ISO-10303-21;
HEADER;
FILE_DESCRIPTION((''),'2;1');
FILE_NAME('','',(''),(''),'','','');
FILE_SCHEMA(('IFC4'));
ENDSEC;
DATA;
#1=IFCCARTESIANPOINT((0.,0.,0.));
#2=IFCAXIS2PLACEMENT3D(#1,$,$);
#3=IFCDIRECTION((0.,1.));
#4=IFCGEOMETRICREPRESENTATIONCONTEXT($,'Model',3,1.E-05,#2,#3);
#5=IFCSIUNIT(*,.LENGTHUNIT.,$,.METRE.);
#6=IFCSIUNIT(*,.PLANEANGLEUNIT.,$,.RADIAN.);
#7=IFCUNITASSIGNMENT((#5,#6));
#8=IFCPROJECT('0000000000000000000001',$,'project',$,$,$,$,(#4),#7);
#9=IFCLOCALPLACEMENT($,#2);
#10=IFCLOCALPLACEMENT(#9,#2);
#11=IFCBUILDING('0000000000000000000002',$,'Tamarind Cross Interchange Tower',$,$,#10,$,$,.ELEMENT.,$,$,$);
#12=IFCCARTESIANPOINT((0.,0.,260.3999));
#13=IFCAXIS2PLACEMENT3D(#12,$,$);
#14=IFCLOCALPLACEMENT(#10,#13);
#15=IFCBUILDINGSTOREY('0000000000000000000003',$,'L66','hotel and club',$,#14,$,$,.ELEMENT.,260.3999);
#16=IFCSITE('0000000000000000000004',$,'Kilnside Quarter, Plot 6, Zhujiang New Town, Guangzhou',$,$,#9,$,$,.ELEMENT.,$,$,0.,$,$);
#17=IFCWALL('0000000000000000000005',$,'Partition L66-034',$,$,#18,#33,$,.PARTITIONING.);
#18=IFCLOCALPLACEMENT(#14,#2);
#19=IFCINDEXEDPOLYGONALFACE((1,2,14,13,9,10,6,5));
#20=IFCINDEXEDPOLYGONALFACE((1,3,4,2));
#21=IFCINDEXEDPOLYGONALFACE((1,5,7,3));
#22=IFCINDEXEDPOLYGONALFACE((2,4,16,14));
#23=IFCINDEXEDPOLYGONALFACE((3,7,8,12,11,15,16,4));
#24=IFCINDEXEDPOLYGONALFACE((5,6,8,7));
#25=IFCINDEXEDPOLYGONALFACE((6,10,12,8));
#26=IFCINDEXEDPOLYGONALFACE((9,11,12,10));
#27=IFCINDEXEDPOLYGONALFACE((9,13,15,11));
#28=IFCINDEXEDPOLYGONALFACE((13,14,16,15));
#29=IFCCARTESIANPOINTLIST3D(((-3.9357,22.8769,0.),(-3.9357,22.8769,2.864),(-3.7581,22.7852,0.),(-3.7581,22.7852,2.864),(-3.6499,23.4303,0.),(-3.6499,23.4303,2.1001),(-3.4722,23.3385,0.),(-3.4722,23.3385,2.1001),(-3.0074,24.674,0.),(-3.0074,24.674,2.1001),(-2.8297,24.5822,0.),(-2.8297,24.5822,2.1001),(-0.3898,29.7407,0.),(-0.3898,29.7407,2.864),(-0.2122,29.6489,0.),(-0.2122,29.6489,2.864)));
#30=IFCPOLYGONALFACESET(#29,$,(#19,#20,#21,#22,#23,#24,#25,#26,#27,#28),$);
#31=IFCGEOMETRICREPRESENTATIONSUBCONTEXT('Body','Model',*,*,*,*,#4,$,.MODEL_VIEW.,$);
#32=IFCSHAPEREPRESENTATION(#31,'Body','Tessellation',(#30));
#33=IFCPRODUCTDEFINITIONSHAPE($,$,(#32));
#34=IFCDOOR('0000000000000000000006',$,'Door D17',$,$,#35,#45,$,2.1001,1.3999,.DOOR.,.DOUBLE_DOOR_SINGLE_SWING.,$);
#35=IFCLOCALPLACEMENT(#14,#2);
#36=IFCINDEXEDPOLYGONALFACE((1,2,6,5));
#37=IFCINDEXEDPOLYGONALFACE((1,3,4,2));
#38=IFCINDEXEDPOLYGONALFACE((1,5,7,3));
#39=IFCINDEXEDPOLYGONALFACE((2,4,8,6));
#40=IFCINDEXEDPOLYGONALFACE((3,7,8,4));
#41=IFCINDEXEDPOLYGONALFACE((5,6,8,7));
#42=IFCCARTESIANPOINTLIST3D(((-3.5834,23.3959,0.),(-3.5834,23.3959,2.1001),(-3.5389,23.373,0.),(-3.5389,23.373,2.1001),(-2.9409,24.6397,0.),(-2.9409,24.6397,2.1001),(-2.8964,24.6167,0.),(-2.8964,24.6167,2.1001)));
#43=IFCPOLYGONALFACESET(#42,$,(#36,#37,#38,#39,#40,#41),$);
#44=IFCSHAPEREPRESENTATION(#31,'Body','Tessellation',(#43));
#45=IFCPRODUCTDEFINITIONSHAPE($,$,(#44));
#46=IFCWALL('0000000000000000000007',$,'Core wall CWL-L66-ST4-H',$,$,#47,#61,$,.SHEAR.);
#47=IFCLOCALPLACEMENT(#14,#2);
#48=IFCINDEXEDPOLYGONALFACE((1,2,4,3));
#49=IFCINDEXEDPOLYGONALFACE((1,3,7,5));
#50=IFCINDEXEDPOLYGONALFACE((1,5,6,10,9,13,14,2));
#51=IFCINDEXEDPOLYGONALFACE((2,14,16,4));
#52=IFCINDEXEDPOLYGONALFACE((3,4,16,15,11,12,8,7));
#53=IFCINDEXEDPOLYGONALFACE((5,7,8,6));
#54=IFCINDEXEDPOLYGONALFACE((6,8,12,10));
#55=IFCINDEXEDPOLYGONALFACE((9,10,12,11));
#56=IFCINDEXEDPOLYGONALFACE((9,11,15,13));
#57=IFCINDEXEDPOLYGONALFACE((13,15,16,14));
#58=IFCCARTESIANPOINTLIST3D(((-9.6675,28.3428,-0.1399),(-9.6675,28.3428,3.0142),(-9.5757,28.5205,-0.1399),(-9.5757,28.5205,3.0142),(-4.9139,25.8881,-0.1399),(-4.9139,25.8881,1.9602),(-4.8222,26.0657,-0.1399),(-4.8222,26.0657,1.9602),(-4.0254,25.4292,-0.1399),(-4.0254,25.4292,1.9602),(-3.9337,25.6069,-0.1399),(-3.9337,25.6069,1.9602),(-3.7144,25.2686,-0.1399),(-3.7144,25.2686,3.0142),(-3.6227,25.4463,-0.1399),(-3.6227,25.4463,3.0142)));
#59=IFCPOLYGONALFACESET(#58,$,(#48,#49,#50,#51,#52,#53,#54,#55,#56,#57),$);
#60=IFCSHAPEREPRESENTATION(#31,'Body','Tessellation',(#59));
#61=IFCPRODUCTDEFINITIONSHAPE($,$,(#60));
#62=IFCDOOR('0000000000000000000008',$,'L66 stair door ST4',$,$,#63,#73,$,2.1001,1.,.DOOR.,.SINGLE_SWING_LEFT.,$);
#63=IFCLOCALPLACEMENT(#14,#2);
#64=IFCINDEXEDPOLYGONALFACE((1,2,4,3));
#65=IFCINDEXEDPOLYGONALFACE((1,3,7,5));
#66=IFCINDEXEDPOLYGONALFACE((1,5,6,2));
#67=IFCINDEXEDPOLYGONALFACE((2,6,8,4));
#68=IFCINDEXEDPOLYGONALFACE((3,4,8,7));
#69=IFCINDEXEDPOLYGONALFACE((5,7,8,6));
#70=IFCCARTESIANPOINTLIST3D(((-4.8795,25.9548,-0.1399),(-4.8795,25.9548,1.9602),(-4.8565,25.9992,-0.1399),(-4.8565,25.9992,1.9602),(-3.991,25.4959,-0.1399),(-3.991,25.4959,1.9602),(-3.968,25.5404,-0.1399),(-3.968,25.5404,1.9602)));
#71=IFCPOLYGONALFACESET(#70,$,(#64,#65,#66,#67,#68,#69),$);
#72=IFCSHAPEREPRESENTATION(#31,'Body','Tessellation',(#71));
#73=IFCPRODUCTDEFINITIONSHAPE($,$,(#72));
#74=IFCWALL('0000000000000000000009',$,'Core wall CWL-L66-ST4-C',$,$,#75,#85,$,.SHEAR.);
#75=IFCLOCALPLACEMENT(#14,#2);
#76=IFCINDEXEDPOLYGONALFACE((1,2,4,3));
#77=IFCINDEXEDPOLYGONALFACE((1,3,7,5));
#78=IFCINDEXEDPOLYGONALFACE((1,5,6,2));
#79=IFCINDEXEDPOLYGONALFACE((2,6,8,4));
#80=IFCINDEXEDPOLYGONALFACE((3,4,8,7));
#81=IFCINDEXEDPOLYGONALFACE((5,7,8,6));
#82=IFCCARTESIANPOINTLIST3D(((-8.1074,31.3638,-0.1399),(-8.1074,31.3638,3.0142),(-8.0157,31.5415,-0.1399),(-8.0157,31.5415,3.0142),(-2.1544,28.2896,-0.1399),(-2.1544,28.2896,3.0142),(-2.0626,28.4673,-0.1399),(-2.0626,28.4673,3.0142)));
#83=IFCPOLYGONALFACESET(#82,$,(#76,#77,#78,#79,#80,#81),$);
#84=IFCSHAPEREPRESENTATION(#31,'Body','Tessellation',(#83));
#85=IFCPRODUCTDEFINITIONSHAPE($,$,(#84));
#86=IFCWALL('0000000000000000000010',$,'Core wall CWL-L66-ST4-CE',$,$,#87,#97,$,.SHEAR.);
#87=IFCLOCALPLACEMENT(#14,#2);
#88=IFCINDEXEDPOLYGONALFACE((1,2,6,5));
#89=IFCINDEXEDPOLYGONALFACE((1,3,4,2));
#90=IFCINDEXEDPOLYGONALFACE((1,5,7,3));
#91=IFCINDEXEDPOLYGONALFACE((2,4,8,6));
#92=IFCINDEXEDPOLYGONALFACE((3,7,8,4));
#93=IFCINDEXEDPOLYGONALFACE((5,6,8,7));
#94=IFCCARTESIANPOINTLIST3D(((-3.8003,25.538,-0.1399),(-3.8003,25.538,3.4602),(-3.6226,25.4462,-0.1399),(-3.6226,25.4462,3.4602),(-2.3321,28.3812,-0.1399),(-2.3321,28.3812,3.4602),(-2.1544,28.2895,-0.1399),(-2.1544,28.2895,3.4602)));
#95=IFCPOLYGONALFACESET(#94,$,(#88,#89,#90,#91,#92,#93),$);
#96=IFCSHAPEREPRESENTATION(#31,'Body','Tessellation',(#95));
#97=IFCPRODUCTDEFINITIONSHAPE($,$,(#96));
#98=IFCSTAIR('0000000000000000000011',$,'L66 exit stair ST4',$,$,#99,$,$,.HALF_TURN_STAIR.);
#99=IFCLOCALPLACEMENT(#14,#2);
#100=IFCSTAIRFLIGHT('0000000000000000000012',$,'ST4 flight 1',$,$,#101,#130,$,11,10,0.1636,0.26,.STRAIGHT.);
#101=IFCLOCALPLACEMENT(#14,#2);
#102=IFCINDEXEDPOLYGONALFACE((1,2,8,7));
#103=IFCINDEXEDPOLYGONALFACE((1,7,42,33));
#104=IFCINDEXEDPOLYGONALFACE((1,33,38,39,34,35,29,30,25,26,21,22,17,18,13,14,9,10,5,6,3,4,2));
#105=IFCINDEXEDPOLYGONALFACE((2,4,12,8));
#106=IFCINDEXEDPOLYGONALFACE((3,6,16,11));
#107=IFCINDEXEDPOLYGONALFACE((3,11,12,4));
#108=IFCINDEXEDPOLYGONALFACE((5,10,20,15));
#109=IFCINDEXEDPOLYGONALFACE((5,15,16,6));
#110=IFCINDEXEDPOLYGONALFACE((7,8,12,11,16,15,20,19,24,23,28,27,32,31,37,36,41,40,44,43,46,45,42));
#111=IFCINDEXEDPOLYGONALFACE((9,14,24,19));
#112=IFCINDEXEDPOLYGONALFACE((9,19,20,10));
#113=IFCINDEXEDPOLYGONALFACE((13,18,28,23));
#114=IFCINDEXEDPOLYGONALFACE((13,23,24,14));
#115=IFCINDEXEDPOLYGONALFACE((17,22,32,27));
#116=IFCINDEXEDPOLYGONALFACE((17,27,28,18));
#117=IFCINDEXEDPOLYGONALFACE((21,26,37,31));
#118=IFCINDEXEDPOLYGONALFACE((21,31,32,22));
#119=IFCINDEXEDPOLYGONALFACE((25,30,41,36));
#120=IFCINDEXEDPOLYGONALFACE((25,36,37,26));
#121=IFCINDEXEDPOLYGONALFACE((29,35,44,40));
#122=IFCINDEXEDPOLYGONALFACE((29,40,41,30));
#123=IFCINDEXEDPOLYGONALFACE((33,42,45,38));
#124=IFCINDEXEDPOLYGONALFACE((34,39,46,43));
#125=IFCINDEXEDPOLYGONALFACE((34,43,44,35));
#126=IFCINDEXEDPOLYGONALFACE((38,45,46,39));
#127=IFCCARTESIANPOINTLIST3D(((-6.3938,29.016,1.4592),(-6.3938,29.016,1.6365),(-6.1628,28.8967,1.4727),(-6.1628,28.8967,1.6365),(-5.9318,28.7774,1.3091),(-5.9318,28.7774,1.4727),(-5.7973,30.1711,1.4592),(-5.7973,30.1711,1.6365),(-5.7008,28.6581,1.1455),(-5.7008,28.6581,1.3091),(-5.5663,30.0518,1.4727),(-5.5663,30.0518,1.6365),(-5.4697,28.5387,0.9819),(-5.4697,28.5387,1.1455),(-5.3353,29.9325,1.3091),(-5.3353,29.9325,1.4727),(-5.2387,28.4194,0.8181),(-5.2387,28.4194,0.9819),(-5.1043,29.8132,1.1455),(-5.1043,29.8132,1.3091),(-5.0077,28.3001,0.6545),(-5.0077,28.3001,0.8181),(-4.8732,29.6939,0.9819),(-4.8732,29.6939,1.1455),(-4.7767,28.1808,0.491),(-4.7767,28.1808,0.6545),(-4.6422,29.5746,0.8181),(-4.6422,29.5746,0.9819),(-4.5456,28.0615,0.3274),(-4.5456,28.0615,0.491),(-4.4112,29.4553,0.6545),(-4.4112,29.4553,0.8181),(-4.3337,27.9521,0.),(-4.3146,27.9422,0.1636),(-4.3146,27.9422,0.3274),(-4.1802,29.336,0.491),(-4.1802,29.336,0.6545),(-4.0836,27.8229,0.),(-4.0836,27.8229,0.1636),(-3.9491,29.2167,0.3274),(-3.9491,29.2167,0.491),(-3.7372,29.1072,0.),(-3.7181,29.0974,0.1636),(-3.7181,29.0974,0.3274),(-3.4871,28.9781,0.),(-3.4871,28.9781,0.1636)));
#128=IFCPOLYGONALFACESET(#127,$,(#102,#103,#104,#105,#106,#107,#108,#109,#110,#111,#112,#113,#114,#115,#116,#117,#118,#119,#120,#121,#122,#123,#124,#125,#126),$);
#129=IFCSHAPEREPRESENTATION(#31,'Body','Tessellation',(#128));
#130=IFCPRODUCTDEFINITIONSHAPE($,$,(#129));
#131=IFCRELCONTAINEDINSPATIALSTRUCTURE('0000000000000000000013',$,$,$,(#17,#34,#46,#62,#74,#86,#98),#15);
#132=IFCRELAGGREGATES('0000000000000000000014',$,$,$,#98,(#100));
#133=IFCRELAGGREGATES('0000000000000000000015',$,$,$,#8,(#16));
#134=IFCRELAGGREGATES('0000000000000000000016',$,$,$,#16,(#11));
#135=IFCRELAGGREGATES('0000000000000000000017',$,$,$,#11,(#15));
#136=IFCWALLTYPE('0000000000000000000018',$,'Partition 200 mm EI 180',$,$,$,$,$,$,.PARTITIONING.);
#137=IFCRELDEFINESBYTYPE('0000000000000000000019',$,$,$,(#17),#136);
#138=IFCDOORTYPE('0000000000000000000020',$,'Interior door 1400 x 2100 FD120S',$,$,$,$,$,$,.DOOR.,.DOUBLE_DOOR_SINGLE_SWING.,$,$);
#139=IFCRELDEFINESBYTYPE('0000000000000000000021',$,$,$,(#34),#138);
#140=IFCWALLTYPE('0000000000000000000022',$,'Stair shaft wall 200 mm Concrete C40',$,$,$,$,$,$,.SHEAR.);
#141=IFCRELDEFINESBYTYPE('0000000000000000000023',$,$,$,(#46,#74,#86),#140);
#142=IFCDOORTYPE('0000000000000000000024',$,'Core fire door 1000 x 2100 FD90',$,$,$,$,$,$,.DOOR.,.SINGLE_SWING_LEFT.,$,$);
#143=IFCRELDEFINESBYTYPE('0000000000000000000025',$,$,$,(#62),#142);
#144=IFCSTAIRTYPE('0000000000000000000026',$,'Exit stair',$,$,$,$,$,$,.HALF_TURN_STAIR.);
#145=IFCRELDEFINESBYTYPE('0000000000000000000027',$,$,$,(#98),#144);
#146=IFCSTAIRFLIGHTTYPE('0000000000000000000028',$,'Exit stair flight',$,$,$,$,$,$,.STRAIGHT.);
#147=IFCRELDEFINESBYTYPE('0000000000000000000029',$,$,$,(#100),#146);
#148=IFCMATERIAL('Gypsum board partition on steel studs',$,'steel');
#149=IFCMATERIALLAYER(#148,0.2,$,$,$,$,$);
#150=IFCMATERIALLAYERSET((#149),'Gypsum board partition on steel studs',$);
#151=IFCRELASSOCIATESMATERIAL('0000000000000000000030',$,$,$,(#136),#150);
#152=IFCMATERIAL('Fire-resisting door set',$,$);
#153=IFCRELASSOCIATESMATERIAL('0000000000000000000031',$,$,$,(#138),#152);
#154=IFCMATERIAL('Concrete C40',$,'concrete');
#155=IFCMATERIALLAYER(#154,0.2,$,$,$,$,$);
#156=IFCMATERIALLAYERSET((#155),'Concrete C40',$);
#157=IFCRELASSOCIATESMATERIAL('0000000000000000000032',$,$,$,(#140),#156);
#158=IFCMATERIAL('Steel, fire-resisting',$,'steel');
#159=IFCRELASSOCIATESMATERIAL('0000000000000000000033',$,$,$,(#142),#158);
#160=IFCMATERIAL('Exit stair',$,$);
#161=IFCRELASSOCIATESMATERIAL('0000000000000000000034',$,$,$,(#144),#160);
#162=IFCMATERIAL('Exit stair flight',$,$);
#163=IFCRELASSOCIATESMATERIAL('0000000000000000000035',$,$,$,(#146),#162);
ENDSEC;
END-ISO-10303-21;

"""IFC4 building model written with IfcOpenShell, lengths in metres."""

from ifc_helpers import new_model, si_unit, direction, frame, frame_2d, origin, place, context, subcontext, project, spatial, polyline, rectangle, outline, extrude, material, layer, layer_set, type_object, element, fill, aggregate, save


model = new_model("IFC4")

# Units and contexts
model_context = context("Model", 3, precision=1e-05, world=origin(), true_north=direction((0.0, 1.0)))
body_context = subcontext(model_context, "Body", "Model", "MODEL_VIEW")
ifc_project = project(units=[si_unit("LENGTHUNIT", "METRE"), si_unit("PLANEANGLEUNIT", "RADIAN")], contexts=[model_context])

# Site, building, storey
site_placement = place(None, origin())
site = spatial("IfcSite", under=ifc_project, at=site_placement, Name="Kilnside Quarter, Plot 6, Zhujiang New Town, Guangzhou", CompositionType="ELEMENT", RefElevation=0.0)
building_placement = place(site_placement, origin())
building = spatial("IfcBuilding", under=site, at=building_placement, Name="Tamarind Cross Interchange Tower", CompositionType="ELEMENT")
storey_placement = place(building_placement, frame((0.0, 0.0, 260.3999)))
storey = spatial("IfcBuildingStorey", under=building, at=storey_placement, Name="L66", Description="hotel and club", CompositionType="ELEMENT", Elevation=260.3999)

# Shared definitions
ifc_material_1 = material(Name="Gypsum board partition on steel studs", Category="steel")

# Walls, openings, doors
ifc_layer_1 = layer(ifc_material_1, 0.2)
ifc_layer_set_1 = layer_set([ifc_layer_1], Name="Gypsum board partition on steel studs")
wall_type_1 = type_object("IfcWallType", Name="Partition 200 mm EI 180", PredefinedType="PARTITIONING", material=ifc_layer_set_1)
wall_1_placement = place(storey_placement, frame((-3.8469, 22.8311, 0.0), z_axis=(0.0, 0.0, 1.0), x_axis=(0.458981, 0.888446, 0.0)))
wall_1 = element("IfcWall", 1, at=wall_1_placement, inside=storey, type_object=wall_type_1, Name="Partition L66-034", PredefinedType="PARTITIONING", context=body_context, shape_type="SweptSolid", body=[
    extrude(rectangle(XDim=7.7256, YDim=0.2, at=frame_2d((3.8628, 0.0))), origin(), (0.0, 0.0, 1.0), 2.864),
])
opening_1_placement = place(wall_1_placement, frame((0.6228, 0.0, 0.0)))
opening_1 = element("IfcOpeningElement", 2, at=opening_1_placement, cuts=wall_1, PredefinedType="OPENING", context=body_context, shape_type="SweptSolid", body=[
    extrude(rectangle(XDim=1.3999, YDim=2.1001, at=frame_2d((0.7, 1.05))), frame((0.0, 0.1099, 0.0), z_axis=(0.0, -1.0, 0.0), x_axis=(1.0, 0.0, 0.0)), (0.0, 0.0, 1.0), 0.22),
])
ifc_material_2 = material(Name="Fire-resisting door set")
door_type_1 = type_object("IfcDoorType", Name="Interior door 1400 x 2100 FD120S", OperationType="DOUBLE_DOOR_SINGLE_SWING", PredefinedType="DOOR", material=ifc_material_2)
door_1_placement = place(opening_1_placement, frame((1.3999, 0.0, 0.0), z_axis=(0.0, 0.0, 1.0), x_axis=(-1.0, 0.0, 0.0)))
door_1 = element("IfcDoor", 3, at=door_1_placement, inside=storey, type_object=door_type_1, Name="Door D17", OperationType="DOUBLE_DOOR_SINGLE_SWING", OverallHeight=2.1001, OverallWidth=1.3999, PredefinedType="DOOR", context=body_context, shape_type="SweptSolid", body=[
    extrude(rectangle(XDim=1.3999, YDim=2.1001, at=frame_2d((0.7, 1.05))), frame((0.0, 0.0249, 0.0), z_axis=(0.0, -1.0, 0.0), x_axis=(1.0, 0.0, 0.0)), (0.0, 0.0, 1.0), 0.05),
])
fill(opening_1, door_1)
ifc_material_3 = material(Name="Concrete C40", Category="concrete")
ifc_layer_2 = layer(ifc_material_3, 0.2)
ifc_layer_set_2 = layer_set([ifc_layer_2], Name="Concrete C40")
wall_type_2 = type_object("IfcWallType", Name="Stair shaft wall 200 mm Concrete C40", PredefinedType="SHEAR", material=ifc_layer_set_2)
wall_2_placement = place(storey_placement, frame((-3.6685, 25.3574, -0.1399), z_axis=(0.0, 0.0, 1.0), x_axis=(-0.888521, 0.458836, 0.0)))
wall_2 = element("IfcWall", 4, at=wall_2_placement, inside=storey, type_object=wall_type_2, Name="Core wall CWL-L66-ST4-H", PredefinedType="SHEAR", context=body_context, shape_type="SweptSolid", body=[
    extrude(rectangle(XDim=6.7, YDim=0.2, at=frame_2d((3.3501, 0.0))), origin(), (0.0, 0.0, 1.0), 3.1541),
])
opening_2_placement = place(wall_2_placement, frame((0.3501, 0.0, 0.0)))
opening_2 = element("IfcOpeningElement", 5, at=opening_2_placement, cuts=wall_2, PredefinedType="OPENING", context=body_context, shape_type="SweptSolid", body=[
    extrude(rectangle(XDim=1.0, YDim=2.1001, at=frame_2d((0.5, 1.05))), frame((0.0, 0.1099, 0.0), z_axis=(0.0, -1.0, 0.0), x_axis=(1.0, 0.0, 0.0)), (0.0, 0.0, 1.0), 0.22),
])
ifc_material_4 = material(Name="Steel, fire-resisting", Category="steel")
door_type_2 = type_object("IfcDoorType", Name="Core fire door 1000 x 2100 FD90", OperationType="SINGLE_SWING_LEFT", PredefinedType="DOOR", material=ifc_material_4)
door_2_placement = place(opening_2_placement, origin())
door_2 = element("IfcDoor", 6, at=door_2_placement, inside=storey, type_object=door_type_2, Name="L66 stair door ST4", OperationType="SINGLE_SWING_LEFT", OverallHeight=2.1001, OverallWidth=1.0, PredefinedType="DOOR", context=body_context, shape_type="SweptSolid", body=[
    extrude(rectangle(XDim=1.0, YDim=2.1001, at=frame_2d((0.5, 1.05))), frame((0.0, 0.0249, 0.0), z_axis=(0.0, -1.0, 0.0), x_axis=(1.0, 0.0, 0.0)), (0.0, 0.0, 1.0), 0.05),
])
fill(opening_2, door_2)

# Walls
wall_3_placement = place(storey_placement, frame((-2.1084, 28.3784, -0.1399), z_axis=(0.0, 0.0, 1.0), x_axis=(-0.888521, 0.458836, 0.0)))
element("IfcWall", 7, at=wall_3_placement, inside=storey, type_object=wall_type_2, Name="Core wall CWL-L66-ST4-C", PredefinedType="SHEAR", context=body_context, shape_type="SweptSolid", body=[
    extrude(rectangle(XDim=6.7, YDim=0.2, at=frame_2d((3.3501, 0.0))), origin(), (0.0, 0.0, 1.0), 3.1541),
])
wall_4_placement = place(storey_placement, frame((-2.2432, 28.3354, -0.1399), z_axis=(0.0, 0.0, 1.0), x_axis=(-0.458833, -0.888522, 0.0)))
element("IfcWall", 8, at=wall_4_placement, inside=storey, type_object=wall_type_2, Name="Core wall CWL-L66-ST4-CE", PredefinedType="SHEAR", context=body_context, shape_type="SweptSolid", body=[
    extrude(rectangle(XDim=3.2, YDim=0.2, at=frame_2d((1.6001, 0.0))), origin(), (0.0, 0.0, 1.0), 3.6001),
])

# Stair, stair flight
ifc_material_5 = material(Name="Exit stair")
stair_type = type_object("IfcStairType", Name="Exit stair", PredefinedType="HALF_TURN_STAIR", material=ifc_material_5)
stair_placement = place(storey_placement, origin())
stair = element("IfcStair", 9, at=stair_placement, inside=storey, type_object=stair_type, Name="L66 exit stair ST4", PredefinedType="HALF_TURN_STAIR")
ifc_material_6 = material(Name="Exit stair flight")
stair_flight_type = type_object("IfcStairFlightType", Name="Exit stair flight", PredefinedType="STRAIGHT", material=ifc_material_6)
stair_flight_placement = place(storey_placement, frame((-3.7854, 28.4004, 0.0), z_axis=(0.0, 0.0, 1.0), x_axis=(-0.888521, 0.458836, 0.0)))
stair_flight = element("IfcStairFlight", 10, at=stair_flight_placement, type_object=stair_flight_type, Name="ST4 flight 1", NumberOfRisers=11, NumberOfTreads=10, PredefinedType="STRAIGHT", RiserHeight=0.1636, TreadLength=0.26, context=body_context, shape_type="SweptSolid", body=[
    extrude(outline(polyline([(0.0, 0.0), (0.0, 0.1636), (0.26, 0.1636), (0.26, 0.3274), (0.52, 0.3274), (0.52, 0.491), (0.78, 0.491), (0.78, 0.6545), (1.04, 0.6545), (1.04, 0.8181), (1.3, 0.8181), (1.3, 0.9819), (1.5601, 0.9819), (1.5601, 1.1455), (1.8201, 1.1455), (1.8201, 1.3091), (2.0801, 1.3091), (2.0801, 1.4727), (2.3401, 1.4727), (2.3401, 1.6365), (2.6001, 1.6365), (2.6001, 1.8), (2.6001, 1.4592), (0.2815, 0.0), (0.0, 0.0)])), frame((0.0, 0.6499, 0.0), z_axis=(0.0, -1.0, 0.0), x_axis=(1.0, 0.0, 0.0)), (0.0, 0.0, 1.0), 1.3),
])
aggregate(stair, [stair_flight])

save(model, "model.ifc")
